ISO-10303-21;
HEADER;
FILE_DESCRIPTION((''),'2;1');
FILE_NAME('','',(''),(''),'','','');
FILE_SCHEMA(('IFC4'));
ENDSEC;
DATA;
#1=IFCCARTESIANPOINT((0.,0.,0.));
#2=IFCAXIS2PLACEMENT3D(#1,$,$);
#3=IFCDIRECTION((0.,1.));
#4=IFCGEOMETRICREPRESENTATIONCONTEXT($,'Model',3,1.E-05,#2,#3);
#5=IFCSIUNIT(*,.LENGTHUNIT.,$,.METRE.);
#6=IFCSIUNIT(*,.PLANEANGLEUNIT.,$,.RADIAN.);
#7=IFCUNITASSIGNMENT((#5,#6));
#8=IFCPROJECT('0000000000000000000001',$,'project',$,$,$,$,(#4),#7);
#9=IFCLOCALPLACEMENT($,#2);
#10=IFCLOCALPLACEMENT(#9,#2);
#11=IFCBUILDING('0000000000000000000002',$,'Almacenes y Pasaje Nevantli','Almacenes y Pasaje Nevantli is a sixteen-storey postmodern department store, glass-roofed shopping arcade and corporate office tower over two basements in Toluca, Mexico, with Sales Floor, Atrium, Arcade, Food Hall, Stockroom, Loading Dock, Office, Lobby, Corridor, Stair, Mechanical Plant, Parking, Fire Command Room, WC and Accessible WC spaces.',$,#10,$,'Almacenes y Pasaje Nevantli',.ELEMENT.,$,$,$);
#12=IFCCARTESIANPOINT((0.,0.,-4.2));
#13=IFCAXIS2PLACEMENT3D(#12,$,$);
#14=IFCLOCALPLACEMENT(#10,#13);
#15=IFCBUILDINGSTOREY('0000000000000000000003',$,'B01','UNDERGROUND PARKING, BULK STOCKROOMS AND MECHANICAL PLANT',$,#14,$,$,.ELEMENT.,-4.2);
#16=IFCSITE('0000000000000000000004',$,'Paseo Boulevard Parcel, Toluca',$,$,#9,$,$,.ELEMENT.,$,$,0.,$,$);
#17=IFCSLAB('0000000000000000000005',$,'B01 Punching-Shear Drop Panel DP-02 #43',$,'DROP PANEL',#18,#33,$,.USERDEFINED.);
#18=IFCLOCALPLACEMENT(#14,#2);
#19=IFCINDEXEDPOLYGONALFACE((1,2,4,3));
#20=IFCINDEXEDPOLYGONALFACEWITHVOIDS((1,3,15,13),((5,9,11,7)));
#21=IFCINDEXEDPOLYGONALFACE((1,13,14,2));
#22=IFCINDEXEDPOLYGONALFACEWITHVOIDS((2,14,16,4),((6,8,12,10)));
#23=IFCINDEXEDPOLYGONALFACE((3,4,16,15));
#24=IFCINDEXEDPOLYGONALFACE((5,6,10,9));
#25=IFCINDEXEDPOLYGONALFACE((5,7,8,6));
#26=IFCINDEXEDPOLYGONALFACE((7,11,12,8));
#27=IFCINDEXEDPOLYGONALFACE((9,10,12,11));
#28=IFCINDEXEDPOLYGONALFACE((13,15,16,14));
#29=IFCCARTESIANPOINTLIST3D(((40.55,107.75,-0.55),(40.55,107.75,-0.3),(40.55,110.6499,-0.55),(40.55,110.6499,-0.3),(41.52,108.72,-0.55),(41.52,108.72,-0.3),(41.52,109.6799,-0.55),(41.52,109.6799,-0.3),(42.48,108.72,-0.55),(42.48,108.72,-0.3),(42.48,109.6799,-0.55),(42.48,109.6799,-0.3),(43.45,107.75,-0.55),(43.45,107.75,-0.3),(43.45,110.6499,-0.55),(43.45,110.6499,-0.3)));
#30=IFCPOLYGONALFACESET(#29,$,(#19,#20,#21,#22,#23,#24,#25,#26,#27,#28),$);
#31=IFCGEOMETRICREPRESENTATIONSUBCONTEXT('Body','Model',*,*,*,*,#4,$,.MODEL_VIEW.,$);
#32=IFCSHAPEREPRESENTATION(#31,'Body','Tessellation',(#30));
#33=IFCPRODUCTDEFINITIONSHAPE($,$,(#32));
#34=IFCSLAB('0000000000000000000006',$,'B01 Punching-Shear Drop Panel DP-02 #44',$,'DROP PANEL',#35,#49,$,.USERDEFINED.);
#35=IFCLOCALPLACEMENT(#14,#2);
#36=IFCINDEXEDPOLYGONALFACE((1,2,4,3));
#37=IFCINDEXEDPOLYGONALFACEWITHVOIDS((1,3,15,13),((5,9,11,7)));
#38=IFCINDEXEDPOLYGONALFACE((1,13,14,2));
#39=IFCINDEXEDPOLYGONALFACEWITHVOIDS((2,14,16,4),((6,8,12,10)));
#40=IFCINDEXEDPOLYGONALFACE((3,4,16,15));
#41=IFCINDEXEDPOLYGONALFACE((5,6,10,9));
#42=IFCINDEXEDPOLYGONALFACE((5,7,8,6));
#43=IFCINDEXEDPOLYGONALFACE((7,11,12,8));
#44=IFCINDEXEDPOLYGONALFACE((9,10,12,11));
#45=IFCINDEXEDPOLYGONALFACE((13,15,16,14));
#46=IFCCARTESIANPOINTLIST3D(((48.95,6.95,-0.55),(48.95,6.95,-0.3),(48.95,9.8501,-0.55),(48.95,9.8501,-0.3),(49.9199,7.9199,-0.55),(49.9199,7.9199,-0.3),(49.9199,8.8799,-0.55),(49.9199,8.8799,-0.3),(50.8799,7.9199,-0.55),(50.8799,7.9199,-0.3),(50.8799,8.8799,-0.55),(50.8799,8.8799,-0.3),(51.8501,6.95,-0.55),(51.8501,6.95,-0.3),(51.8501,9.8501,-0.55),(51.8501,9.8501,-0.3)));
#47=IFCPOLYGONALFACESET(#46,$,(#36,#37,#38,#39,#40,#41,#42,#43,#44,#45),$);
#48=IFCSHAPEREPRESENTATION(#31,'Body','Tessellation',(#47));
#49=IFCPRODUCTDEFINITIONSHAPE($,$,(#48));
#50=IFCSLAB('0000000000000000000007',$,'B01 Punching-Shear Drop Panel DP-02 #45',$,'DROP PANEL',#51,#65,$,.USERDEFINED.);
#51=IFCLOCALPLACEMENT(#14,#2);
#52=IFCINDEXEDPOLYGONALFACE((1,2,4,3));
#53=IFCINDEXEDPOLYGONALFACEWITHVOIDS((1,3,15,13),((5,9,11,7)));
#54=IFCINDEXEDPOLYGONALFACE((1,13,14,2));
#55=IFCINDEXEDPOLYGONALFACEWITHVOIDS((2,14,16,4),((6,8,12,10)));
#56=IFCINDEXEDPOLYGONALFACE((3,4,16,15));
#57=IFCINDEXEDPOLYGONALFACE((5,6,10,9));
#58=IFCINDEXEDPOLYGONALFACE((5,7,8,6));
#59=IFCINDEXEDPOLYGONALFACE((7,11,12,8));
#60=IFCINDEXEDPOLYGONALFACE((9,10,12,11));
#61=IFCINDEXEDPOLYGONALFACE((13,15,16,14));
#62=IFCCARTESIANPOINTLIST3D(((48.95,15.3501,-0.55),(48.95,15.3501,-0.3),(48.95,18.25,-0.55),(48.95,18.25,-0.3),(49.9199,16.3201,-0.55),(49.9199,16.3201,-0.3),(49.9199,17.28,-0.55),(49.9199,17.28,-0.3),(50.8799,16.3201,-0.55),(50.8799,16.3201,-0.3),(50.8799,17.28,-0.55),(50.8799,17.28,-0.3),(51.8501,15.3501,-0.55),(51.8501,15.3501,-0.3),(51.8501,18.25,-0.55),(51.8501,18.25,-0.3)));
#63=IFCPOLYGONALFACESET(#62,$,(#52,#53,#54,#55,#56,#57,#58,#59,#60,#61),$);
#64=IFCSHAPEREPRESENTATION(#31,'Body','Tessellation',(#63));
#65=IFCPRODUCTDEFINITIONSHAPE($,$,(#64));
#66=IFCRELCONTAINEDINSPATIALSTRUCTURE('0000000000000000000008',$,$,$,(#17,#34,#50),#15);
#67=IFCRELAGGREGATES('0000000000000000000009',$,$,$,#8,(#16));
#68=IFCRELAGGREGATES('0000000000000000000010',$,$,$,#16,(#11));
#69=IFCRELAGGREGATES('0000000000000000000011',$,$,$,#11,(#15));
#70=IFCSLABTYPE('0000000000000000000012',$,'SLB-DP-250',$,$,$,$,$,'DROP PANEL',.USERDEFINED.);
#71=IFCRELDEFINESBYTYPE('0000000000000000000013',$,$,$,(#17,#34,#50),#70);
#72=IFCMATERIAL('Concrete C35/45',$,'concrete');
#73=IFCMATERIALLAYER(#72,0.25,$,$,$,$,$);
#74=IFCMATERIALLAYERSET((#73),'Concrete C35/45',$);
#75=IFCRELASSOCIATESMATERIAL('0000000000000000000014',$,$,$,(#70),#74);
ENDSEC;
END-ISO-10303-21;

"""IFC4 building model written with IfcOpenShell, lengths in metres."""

from ifc_helpers import new_model, si_unit, direction, frame, origin, place, context, subcontext, project, spatial, polyline, outline, extrude, material, layer, layer_set, type_object, element, save


model = new_model("IFC4")

# Units and contexts
model_context = context("Model", 3, precision=1e-05, world=origin(), true_north=direction((0.0, 1.0)))
body_context = subcontext(model_context, "Body", "Model", "MODEL_VIEW")
ifc_project = project(units=[si_unit("LENGTHUNIT", "METRE"), si_unit("PLANEANGLEUNIT", "RADIAN")], contexts=[model_context])

# Site, building, storey
site_placement = place(None, origin())
site = spatial("IfcSite", under=ifc_project, at=site_placement, Name="Paseo Boulevard Parcel, Toluca", CompositionType="ELEMENT", RefElevation=0.0)
building_placement = place(site_placement, origin())
building = spatial("IfcBuilding", under=site, at=building_placement, Name="Almacenes y Pasaje Nevantli", Description="Almacenes y Pasaje Nevantli is a sixteen-storey postmodern department store, glass-roofed shopping arcade and corporate office tower over two basements in Toluca, Mexico, with Sales Floor, Atrium, Arcade, Food Hall, Stockroom, Loading Dock, Office, Lobby, Corridor, Stair, Mechanical Plant, Parking, Fire Command Room, WC and Accessible WC spaces.", LongName="Almacenes y Pasaje Nevantli", CompositionType="ELEMENT")
storey_placement = place(building_placement, frame((0.0, 0.0, -4.2)))
storey = spatial("IfcBuildingStorey", under=building, at=storey_placement, Name="B01", Description="UNDERGROUND PARKING, BULK STOCKROOMS AND MECHANICAL PLANT", CompositionType="ELEMENT", Elevation=-4.2)

# Slabs
ifc_material = material(Name="Concrete C35/45", Category="concrete")
ifc_layer = layer(ifc_material, 0.25)
ifc_layer_set = layer_set([ifc_layer], Name="Concrete C35/45")
slab_type = type_object("IfcSlabType", Name="SLB-DP-250", ElementType="DROP PANEL", PredefinedType="USERDEFINED", material=ifc_layer_set)
slab_1_placement = place(storey_placement, frame((0.0, 0.0, -0.55)))
element("IfcSlab", 1, at=slab_1_placement, inside=storey, type_object=slab_type, Name="B01 Punching-Shear Drop Panel DP-02 #43", ObjectType="DROP PANEL", PredefinedType="USERDEFINED", context=body_context, shape_type="SweptSolid", body=[
    extrude(outline(polyline([(40.55, 107.75), (43.45, 107.75), (43.45, 110.6499), (40.55, 110.6499), (40.55, 107.75)]), holes=[polyline([(41.52, 108.72), (42.48, 108.72), (42.48, 109.6799), (41.52, 109.6799), (41.52, 108.72)])]), origin(), (0.0, 0.0, 1.0), 0.25),
])
slab_2_placement = place(storey_placement, frame((0.0, 0.0, -0.55)))
element("IfcSlab", 2, at=slab_2_placement, inside=storey, type_object=slab_type, Name="B01 Punching-Shear Drop Panel DP-02 #44", ObjectType="DROP PANEL", PredefinedType="USERDEFINED", context=body_context, shape_type="SweptSolid", body=[
    extrude(outline(polyline([(48.95, 6.95), (51.8501, 6.95), (51.8501, 9.8501), (48.95, 9.8501), (48.95, 6.95)]), holes=[polyline([(49.9199, 7.9199), (50.8799, 7.9199), (50.8799, 8.8799), (49.9199, 8.8799), (49.9199, 7.9199)])]), origin(), (0.0, 0.0, 1.0), 0.25),
])
slab_3_placement = place(storey_placement, frame((0.0, 0.0, -0.55)))
element("IfcSlab", 3, at=slab_3_placement, inside=storey, type_object=slab_type, Name="B01 Punching-Shear Drop Panel DP-02 #45", ObjectType="DROP PANEL", PredefinedType="USERDEFINED", context=body_context, shape_type="SweptSolid", body=[
    extrude(outline(polyline([(48.95, 15.3501), (51.8501, 15.3501), (51.8501, 18.25), (48.95, 18.25), (48.95, 15.3501)]), holes=[polyline([(49.9199, 16.3201), (50.8799, 16.3201), (50.8799, 17.28), (49.9199, 17.28), (49.9199, 16.3201)])]), origin(), (0.0, 0.0, 1.0), 0.25),
])

save(model, "model.ifc")
